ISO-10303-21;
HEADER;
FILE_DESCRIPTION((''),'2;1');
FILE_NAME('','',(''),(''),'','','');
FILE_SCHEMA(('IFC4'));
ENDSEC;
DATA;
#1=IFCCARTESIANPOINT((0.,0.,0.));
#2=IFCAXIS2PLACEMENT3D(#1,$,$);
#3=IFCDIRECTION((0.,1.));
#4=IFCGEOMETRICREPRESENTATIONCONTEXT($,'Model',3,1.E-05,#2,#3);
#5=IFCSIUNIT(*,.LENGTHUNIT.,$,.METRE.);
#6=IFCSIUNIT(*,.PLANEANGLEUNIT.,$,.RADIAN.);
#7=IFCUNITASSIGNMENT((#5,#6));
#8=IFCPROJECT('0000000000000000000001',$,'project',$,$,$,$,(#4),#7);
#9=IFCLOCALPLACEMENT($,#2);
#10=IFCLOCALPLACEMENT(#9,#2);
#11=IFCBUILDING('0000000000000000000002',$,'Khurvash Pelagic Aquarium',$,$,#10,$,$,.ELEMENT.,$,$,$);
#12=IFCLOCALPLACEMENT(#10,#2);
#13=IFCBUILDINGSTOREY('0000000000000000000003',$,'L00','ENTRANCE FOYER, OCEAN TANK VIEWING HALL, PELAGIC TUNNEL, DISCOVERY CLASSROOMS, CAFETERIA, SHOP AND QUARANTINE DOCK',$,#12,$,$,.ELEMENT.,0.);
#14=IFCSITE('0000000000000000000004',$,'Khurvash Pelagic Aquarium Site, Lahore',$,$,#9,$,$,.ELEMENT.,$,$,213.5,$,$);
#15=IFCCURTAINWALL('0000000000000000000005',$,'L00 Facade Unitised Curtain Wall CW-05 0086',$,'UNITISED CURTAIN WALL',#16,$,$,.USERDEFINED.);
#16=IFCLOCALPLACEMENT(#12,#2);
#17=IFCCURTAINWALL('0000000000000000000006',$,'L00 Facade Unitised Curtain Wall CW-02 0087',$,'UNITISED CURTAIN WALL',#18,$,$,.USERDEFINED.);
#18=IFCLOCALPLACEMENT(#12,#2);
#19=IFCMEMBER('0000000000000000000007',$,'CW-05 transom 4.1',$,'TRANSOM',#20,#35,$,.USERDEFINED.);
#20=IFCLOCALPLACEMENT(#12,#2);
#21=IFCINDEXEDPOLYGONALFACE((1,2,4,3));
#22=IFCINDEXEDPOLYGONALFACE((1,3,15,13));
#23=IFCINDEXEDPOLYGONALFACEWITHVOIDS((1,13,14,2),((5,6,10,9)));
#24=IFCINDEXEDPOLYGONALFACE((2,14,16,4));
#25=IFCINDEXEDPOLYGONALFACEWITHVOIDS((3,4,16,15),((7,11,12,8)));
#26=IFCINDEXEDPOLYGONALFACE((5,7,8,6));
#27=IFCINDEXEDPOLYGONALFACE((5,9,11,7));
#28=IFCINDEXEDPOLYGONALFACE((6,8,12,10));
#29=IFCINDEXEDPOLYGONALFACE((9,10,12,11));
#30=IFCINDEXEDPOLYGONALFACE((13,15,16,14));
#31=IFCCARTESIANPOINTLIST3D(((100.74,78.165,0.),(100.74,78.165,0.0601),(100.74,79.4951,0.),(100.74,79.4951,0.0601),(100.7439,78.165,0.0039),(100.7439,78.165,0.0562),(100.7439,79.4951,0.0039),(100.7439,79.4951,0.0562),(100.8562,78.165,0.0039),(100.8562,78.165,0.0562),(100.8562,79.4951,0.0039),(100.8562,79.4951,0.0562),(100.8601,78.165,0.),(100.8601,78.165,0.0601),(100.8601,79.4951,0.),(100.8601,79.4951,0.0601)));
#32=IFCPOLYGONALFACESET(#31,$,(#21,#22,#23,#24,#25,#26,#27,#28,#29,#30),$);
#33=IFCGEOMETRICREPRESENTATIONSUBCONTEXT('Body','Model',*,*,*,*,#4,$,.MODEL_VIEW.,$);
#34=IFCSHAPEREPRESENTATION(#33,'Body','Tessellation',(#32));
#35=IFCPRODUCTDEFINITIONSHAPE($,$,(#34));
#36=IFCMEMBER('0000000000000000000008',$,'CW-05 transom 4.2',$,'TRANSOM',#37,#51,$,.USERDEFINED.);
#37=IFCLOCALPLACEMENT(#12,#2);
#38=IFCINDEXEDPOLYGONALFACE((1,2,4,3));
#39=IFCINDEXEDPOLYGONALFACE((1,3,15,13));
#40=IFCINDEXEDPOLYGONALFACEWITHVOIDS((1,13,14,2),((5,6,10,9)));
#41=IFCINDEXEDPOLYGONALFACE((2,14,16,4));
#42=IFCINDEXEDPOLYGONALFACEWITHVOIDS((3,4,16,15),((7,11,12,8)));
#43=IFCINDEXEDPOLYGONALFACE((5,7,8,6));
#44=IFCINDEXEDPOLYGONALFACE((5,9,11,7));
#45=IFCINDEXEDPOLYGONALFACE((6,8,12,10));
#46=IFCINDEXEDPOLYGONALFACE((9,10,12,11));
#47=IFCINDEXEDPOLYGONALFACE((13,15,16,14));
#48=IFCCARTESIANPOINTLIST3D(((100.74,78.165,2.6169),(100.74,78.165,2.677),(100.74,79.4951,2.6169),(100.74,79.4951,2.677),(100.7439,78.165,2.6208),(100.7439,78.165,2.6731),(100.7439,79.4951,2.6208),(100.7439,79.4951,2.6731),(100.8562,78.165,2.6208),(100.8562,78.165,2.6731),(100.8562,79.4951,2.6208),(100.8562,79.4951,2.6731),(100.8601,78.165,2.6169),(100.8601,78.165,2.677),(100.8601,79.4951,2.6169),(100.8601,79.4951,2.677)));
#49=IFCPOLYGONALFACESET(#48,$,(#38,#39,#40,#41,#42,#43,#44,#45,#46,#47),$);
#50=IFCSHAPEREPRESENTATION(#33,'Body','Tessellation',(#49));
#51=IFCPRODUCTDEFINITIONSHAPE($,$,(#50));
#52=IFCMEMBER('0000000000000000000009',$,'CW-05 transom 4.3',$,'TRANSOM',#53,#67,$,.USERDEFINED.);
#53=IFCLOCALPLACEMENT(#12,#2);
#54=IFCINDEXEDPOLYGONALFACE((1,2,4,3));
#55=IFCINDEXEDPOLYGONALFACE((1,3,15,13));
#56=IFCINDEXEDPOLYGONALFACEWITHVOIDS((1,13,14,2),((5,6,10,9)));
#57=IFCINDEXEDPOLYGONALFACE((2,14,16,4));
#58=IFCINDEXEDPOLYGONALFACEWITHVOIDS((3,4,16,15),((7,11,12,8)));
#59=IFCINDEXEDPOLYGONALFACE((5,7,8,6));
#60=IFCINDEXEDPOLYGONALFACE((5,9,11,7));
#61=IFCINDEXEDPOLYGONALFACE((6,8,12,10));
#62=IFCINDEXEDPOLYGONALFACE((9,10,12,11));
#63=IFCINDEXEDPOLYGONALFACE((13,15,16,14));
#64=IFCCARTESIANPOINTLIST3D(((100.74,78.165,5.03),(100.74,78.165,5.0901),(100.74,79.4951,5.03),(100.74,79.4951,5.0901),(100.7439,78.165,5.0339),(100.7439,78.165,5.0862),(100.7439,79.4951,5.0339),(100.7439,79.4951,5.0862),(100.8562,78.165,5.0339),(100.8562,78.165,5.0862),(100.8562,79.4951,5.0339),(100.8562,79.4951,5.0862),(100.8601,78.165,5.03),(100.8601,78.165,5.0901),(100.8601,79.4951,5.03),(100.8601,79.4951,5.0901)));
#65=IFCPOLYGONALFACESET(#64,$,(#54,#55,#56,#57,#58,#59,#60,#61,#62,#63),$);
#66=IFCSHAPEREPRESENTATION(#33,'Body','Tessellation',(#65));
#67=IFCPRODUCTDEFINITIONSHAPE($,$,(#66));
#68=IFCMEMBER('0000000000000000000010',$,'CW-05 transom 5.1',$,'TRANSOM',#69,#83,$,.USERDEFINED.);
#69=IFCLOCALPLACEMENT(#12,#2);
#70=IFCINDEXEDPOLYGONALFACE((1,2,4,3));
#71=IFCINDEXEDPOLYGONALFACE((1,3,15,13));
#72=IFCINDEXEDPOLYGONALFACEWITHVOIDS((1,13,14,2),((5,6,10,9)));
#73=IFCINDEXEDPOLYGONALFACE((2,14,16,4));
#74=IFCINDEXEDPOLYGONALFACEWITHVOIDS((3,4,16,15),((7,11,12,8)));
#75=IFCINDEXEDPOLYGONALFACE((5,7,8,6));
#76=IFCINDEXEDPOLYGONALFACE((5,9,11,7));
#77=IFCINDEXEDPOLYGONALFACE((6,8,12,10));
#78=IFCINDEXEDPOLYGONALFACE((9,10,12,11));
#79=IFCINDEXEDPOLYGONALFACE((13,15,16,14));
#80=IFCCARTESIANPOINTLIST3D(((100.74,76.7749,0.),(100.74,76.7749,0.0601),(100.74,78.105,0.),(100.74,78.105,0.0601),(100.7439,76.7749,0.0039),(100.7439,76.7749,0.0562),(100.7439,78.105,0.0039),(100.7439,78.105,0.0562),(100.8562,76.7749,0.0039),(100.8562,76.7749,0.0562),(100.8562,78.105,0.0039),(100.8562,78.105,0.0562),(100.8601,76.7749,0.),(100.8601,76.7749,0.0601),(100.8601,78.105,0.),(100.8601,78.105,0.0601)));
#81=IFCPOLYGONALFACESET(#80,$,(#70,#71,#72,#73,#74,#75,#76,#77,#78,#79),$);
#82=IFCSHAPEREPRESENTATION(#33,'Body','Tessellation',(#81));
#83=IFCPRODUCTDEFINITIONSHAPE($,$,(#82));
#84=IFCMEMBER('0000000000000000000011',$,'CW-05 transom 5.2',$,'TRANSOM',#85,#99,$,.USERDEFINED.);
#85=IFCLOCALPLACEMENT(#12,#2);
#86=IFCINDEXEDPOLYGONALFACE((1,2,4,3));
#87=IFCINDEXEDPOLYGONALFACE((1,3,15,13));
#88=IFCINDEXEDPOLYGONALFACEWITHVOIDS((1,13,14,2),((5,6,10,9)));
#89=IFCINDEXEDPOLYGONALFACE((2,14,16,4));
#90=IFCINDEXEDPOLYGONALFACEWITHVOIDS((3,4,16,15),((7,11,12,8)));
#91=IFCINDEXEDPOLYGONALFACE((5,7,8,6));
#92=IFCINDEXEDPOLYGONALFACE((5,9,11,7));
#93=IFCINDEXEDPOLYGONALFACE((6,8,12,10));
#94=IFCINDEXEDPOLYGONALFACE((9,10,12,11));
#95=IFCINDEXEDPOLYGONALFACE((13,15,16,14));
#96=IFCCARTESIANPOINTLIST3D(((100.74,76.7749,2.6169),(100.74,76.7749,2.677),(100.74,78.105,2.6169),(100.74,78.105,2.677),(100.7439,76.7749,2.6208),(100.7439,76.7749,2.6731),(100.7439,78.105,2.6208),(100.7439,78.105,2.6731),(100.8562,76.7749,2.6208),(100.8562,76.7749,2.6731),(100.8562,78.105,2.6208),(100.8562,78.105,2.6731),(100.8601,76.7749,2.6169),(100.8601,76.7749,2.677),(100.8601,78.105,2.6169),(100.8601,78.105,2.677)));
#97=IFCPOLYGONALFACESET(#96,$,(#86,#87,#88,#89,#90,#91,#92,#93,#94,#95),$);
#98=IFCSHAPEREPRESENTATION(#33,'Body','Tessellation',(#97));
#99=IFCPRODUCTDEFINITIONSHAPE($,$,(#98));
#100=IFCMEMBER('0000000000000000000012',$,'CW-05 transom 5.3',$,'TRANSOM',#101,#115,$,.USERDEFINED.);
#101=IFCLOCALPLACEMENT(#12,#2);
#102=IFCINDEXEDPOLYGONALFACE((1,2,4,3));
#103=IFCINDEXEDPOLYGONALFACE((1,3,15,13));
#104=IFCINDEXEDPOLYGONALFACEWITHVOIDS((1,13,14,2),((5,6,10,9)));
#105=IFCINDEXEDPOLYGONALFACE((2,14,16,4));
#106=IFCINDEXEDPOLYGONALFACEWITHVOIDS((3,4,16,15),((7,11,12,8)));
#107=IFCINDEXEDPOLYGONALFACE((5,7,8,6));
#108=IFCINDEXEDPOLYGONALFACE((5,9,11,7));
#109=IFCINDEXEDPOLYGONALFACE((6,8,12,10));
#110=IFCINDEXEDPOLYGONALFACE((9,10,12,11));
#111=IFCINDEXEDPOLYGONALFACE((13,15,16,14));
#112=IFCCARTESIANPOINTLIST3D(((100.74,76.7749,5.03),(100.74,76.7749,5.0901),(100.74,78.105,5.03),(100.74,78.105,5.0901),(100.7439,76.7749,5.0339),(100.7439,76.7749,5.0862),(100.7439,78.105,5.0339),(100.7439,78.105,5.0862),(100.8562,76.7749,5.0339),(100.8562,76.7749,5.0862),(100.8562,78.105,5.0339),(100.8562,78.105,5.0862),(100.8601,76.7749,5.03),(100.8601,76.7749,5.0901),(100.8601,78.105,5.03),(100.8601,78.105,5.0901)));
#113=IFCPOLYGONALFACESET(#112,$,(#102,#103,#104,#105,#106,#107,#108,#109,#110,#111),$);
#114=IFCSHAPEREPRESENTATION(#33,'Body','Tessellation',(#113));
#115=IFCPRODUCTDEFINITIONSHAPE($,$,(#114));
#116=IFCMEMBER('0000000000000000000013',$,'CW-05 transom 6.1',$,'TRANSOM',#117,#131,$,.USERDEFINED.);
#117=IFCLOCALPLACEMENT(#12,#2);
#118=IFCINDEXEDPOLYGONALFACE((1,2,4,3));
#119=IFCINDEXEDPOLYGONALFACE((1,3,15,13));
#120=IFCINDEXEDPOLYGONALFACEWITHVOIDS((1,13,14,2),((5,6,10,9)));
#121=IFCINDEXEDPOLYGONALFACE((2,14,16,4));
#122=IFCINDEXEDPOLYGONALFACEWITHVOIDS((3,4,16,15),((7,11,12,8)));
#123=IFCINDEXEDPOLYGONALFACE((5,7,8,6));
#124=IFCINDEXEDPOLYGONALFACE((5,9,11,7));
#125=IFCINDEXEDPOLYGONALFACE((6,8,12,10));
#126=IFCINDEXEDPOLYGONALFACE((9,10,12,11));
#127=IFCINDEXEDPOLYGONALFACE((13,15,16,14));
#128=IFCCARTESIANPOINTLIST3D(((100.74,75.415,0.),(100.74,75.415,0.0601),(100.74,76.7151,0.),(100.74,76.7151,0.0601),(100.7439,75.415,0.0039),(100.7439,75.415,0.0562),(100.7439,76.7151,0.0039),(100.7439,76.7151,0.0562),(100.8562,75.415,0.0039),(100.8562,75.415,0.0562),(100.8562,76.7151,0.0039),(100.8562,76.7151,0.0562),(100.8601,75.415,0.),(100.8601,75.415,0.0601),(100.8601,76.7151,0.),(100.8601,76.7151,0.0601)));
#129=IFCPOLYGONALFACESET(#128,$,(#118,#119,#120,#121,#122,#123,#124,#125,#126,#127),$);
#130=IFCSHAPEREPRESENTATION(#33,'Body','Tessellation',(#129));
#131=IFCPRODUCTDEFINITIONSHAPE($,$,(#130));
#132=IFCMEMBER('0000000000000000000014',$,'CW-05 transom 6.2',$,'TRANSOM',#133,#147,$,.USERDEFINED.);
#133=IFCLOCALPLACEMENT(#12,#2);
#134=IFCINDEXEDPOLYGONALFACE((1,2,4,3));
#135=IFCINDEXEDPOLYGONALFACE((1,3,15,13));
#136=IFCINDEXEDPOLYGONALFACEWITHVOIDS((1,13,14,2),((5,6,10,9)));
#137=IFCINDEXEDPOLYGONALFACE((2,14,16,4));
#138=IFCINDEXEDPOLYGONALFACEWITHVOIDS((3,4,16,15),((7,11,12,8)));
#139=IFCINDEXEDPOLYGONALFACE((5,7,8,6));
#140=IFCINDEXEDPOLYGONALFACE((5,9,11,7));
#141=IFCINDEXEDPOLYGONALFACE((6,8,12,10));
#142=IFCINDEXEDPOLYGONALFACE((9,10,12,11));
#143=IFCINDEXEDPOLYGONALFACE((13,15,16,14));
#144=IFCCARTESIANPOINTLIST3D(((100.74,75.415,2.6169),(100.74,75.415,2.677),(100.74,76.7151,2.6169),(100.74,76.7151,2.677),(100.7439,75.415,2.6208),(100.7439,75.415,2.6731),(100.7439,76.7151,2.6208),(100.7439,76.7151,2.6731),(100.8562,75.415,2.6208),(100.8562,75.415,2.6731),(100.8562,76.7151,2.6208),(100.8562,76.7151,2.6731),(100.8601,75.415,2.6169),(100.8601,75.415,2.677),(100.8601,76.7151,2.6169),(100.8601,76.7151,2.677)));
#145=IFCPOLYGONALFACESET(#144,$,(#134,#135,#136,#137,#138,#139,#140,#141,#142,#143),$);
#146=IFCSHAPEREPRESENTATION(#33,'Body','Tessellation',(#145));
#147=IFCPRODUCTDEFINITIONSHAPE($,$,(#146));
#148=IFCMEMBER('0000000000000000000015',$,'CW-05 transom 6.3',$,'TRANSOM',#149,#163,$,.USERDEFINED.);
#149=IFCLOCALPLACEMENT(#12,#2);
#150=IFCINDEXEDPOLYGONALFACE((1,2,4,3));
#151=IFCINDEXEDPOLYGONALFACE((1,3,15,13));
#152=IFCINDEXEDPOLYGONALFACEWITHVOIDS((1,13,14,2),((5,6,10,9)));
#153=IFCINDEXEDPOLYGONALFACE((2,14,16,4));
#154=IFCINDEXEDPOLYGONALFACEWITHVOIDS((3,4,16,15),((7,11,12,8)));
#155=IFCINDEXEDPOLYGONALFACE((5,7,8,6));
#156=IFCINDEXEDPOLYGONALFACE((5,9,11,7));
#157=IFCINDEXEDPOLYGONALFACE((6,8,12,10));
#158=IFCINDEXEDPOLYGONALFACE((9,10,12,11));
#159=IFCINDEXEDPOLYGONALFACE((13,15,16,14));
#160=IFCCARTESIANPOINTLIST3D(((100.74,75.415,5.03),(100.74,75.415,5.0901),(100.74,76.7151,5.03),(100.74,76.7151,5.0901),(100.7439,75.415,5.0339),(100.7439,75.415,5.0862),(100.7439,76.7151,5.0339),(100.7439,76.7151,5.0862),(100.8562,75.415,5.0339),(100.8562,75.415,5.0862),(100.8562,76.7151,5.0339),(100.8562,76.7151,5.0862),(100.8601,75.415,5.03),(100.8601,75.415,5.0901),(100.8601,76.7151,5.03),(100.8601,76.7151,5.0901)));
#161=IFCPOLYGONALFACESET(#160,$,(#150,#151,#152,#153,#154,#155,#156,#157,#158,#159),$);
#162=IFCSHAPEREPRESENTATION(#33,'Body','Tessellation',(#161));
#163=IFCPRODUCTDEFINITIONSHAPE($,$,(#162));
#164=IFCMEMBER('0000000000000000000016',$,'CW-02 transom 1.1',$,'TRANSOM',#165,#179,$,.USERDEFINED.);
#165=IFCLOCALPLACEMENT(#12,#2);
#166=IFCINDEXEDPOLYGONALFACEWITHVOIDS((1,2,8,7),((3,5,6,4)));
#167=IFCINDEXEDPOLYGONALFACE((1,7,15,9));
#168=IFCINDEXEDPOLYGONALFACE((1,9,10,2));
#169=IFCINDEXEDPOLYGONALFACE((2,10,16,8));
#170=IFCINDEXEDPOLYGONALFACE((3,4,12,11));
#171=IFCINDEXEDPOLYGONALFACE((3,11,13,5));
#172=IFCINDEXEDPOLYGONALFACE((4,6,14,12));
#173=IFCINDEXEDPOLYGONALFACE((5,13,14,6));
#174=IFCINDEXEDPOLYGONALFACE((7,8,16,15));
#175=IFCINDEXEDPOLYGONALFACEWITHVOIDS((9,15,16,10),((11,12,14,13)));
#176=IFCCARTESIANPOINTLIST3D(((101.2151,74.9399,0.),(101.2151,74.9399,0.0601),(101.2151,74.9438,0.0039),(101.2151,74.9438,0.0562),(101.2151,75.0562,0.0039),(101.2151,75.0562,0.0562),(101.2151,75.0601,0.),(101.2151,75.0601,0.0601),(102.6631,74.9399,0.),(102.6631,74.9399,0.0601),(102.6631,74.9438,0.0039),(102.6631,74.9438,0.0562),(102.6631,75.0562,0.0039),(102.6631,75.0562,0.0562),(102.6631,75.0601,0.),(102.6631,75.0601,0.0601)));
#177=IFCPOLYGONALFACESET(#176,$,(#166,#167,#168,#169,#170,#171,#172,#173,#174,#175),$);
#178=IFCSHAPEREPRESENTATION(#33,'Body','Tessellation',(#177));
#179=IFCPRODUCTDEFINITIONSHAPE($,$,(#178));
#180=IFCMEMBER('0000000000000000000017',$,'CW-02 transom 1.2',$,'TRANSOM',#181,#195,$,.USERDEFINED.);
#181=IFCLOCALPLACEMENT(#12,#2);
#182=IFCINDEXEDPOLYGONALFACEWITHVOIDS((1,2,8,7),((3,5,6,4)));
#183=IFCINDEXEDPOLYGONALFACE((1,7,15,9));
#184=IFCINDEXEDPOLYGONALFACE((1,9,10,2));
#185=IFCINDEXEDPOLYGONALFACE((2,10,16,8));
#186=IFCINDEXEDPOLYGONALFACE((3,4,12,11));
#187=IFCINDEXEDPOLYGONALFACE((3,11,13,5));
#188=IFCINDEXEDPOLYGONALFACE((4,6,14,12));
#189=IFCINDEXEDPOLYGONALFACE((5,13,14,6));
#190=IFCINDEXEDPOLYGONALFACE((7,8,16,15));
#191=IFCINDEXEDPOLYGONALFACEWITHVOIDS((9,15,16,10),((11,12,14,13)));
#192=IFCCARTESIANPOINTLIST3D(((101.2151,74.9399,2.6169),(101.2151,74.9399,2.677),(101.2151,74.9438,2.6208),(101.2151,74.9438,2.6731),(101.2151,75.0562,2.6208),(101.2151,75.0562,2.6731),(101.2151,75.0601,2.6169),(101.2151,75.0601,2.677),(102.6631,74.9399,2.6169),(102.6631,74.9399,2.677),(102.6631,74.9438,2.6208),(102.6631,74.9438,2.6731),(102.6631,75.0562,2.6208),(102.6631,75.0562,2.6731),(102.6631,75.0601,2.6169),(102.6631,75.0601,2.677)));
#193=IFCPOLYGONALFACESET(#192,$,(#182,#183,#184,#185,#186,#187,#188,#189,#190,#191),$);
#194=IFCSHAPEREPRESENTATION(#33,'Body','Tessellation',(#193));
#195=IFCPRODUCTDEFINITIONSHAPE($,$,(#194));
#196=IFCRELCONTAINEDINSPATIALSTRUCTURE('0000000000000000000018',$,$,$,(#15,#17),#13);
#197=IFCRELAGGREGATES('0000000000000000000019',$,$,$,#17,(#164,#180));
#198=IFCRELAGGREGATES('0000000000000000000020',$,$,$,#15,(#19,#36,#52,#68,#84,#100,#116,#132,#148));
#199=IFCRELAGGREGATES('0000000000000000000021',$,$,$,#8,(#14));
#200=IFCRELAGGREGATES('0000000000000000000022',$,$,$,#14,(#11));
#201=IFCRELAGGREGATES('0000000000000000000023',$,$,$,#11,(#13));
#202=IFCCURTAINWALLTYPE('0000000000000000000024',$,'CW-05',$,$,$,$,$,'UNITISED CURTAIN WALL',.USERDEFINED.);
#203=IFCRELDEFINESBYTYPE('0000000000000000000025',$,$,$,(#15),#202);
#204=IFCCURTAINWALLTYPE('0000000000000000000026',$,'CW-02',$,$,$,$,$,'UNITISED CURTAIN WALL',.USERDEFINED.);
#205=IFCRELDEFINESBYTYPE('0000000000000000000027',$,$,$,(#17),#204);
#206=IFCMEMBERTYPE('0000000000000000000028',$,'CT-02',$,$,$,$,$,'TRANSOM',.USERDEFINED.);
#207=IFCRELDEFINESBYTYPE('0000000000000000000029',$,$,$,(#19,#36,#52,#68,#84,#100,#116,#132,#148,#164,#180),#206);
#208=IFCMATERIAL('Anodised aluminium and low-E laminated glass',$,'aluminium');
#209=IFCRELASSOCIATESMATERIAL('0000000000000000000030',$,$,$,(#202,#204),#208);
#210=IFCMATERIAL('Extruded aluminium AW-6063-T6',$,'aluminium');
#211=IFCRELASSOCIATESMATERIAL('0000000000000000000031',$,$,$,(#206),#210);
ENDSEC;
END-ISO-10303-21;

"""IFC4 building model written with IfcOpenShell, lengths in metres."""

from ifc_helpers import new_model, si_unit, direction, frame, origin, origin_2d, place, context, subcontext, project, spatial, hollow_rectangle, extrude, material, material_profile, profile_set, type_object, element, aggregate, save


model = new_model("IFC4")

# Units and contexts
model_context = context("Model", 3, precision=1e-05, world=origin(), true_north=direction((0.0, 1.0)))
body_context = subcontext(model_context, "Body", "Model", "MODEL_VIEW")
ifc_project = project(units=[si_unit("LENGTHUNIT", "METRE"), si_unit("PLANEANGLEUNIT", "RADIAN")], contexts=[model_context])

# Site, building, storey
site_placement = place(None, origin())
site = spatial("IfcSite", under=ifc_project, at=site_placement, Name="Khurvash Pelagic Aquarium Site, Lahore", CompositionType="ELEMENT", RefElevation=213.5)
building_placement = place(site_placement, origin())
building = spatial("IfcBuilding", under=site, at=building_placement, Name="Khurvash Pelagic Aquarium", CompositionType="ELEMENT")
storey_placement = place(building_placement, origin())
storey = spatial("IfcBuildingStorey", under=building, at=storey_placement, Name="L00", Description="ENTRANCE FOYER, OCEAN TANK VIEWING HALL, PELAGIC TUNNEL, DISCOVERY CLASSROOMS, CAFETERIA, SHOP AND QUARANTINE DOCK", CompositionType="ELEMENT", Elevation=0.0)

# Curtain walls
ifc_material_1 = material(Name="Anodised aluminium and low-E laminated glass", Category="aluminium")
curtain_wall_type_1 = type_object("IfcCurtainWallType", Name="CW-05", ElementType="UNITISED CURTAIN WALL", PredefinedType="USERDEFINED", material=ifc_material_1)
curtain_wall_1_placement = place(storey_placement, origin())
curtain_wall_1 = element("IfcCurtainWall", 1, at=curtain_wall_1_placement, inside=storey, type_object=curtain_wall_type_1, Name="L00 Facade Unitised Curtain Wall CW-05 0086", ObjectType="UNITISED CURTAIN WALL", PredefinedType="USERDEFINED")
ifc_material_2 = material(Name="Extruded aluminium AW-6063-T6", Category="aluminium")
curtain_wall_type_2 = type_object("IfcCurtainWallType", Name="CW-02", ElementType="UNITISED CURTAIN WALL", PredefinedType="USERDEFINED", material=ifc_material_1)
curtain_wall_2_placement = place(storey_placement, origin())
curtain_wall_2 = element("IfcCurtainWall", 2, at=curtain_wall_2_placement, inside=storey, type_object=curtain_wall_type_2, Name="L00 Facade Unitised Curtain Wall CW-02 0087", ObjectType="UNITISED CURTAIN WALL", PredefinedType="USERDEFINED")

# Members
ifc_material_profile_1 = material_profile(ifc_material_2, hollow_rectangle(XDim=0.1201, YDim=0.0601, WallThickness=0.0039, at=origin_2d()), Name="CWT120X60X4")
ifc_profile_set_1 = profile_set([ifc_material_profile_1], Name="Extruded aluminium AW-6063-T6")
member_type_1 = type_object("IfcMemberType", Name="CT-02", ElementType="TRANSOM", PredefinedType="USERDEFINED", material=ifc_profile_set_1)
member_1_placement = place(storey_placement, frame((100.8, 79.4951, 0.03), z_axis=(0.0, -1.0, 0.0), x_axis=(1.0, 0.0, 0.0)))
member_1 = element("IfcMember", 3, at=member_1_placement, type_object=member_type_1, Name="CW-05 transom 4.1", ObjectType="TRANSOM", PredefinedType="USERDEFINED", context=body_context, shape_type="SweptSolid", body=[
    extrude(hollow_rectangle(XDim=0.1201, YDim=0.0601, WallThickness=0.0039, at=origin_2d()), origin(), (0.0, 0.0, 1.0), 1.3301),
])
member_2_placement = place(storey_placement, frame((100.8, 79.4951, 2.647), z_axis=(0.0, -1.0, 0.0), x_axis=(1.0, 0.0, 0.0)))
member_2 = element("IfcMember", 4, at=member_2_placement, type_object=member_type_1, Name="CW-05 transom 4.2", ObjectType="TRANSOM", PredefinedType="USERDEFINED", context=body_context, shape_type="SweptSolid", body=[
    extrude(hollow_rectangle(XDim=0.1201, YDim=0.0601, WallThickness=0.0039, at=origin_2d()), origin(), (0.0, 0.0, 1.0), 1.3301),
])
member_3_placement = place(storey_placement, frame((100.8, 79.4951, 5.0601), z_axis=(0.0, -1.0, 0.0), x_axis=(1.0, 0.0, 0.0)))
member_3 = element("IfcMember", 5, at=member_3_placement, type_object=member_type_1, Name="CW-05 transom 4.3", ObjectType="TRANSOM", PredefinedType="USERDEFINED", context=body_context, shape_type="SweptSolid", body=[
    extrude(hollow_rectangle(XDim=0.1201, YDim=0.0601, WallThickness=0.0039, at=origin_2d()), origin(), (0.0, 0.0, 1.0), 1.3301),
])
member_4_placement = place(storey_placement, frame((100.8, 78.105, 0.03), z_axis=(0.0, -1.0, 0.0), x_axis=(1.0, 0.0, 0.0)))
member_4 = element("IfcMember", 6, at=member_4_placement, type_object=member_type_1, Name="CW-05 transom 5.1", ObjectType="TRANSOM", PredefinedType="USERDEFINED", context=body_context, shape_type="SweptSolid", body=[
    extrude(hollow_rectangle(XDim=0.1201, YDim=0.0601, WallThickness=0.0039, at=origin_2d()), origin(), (0.0, 0.0, 1.0), 1.3301),
])
member_5_placement = place(storey_placement, frame((100.8, 78.105, 2.647), z_axis=(0.0, -1.0, 0.0), x_axis=(1.0, 0.0, 0.0)))
member_5 = element("IfcMember", 7, at=member_5_placement, type_object=member_type_1, Name="CW-05 transom 5.2", ObjectType="TRANSOM", PredefinedType="USERDEFINED", context=body_context, shape_type="SweptSolid", body=[
    extrude(hollow_rectangle(XDim=0.1201, YDim=0.0601, WallThickness=0.0039, at=origin_2d()), origin(), (0.0, 0.0, 1.0), 1.3301),
])
member_6_placement = place(storey_placement, frame((100.8, 78.105, 5.0601), z_axis=(0.0, -1.0, 0.0), x_axis=(1.0, 0.0, 0.0)))
member_6 = element("IfcMember", 8, at=member_6_placement, type_object=member_type_1, Name="CW-05 transom 5.3", ObjectType="TRANSOM", PredefinedType="USERDEFINED", context=body_context, shape_type="SweptSolid", body=[
    extrude(hollow_rectangle(XDim=0.1201, YDim=0.0601, WallThickness=0.0039, at=origin_2d()), origin(), (0.0, 0.0, 1.0), 1.3301),
])
member_7_placement = place(storey_placement, frame((100.8, 76.7151, 0.03), z_axis=(0.0, -1.0, 0.0), x_axis=(1.0, 0.0, 0.0)))
member_7 = element("IfcMember", 9, at=member_7_placement, type_object=member_type_1, Name="CW-05 transom 6.1", ObjectType="TRANSOM", PredefinedType="USERDEFINED", context=body_context, shape_type="SweptSolid", body=[
    extrude(hollow_rectangle(XDim=0.1201, YDim=0.0601, WallThickness=0.0039, at=origin_2d()), origin(), (0.0, 0.0, 1.0), 1.3),
])
member_8_placement = place(storey_placement, frame((100.8, 76.7151, 2.647), z_axis=(0.0, -1.0, 0.0), x_axis=(1.0, 0.0, 0.0)))
member_8 = element("IfcMember", 10, at=member_8_placement, type_object=member_type_1, Name="CW-05 transom 6.2", ObjectType="TRANSOM", PredefinedType="USERDEFINED", context=body_context, shape_type="SweptSolid", body=[
    extrude(hollow_rectangle(XDim=0.1201, YDim=0.0601, WallThickness=0.0039, at=origin_2d()), origin(), (0.0, 0.0, 1.0), 1.3),
])
member_9_placement = place(storey_placement, frame((100.8, 76.7151, 5.0601), z_axis=(0.0, -1.0, 0.0), x_axis=(1.0, 0.0, 0.0)))
member_9 = element("IfcMember", 11, at=member_9_placement, type_object=member_type_1, Name="CW-05 transom 6.3", ObjectType="TRANSOM", PredefinedType="USERDEFINED", context=body_context, shape_type="SweptSolid", body=[
    extrude(hollow_rectangle(XDim=0.1201, YDim=0.0601, WallThickness=0.0039, at=origin_2d()), origin(), (0.0, 0.0, 1.0), 1.3),
])
member_10_placement = place(storey_placement, frame((101.2151, 75.0, 0.03), z_axis=(1.0, 0.0, 0.0), x_axis=(0.0, 1.0, 0.0)))
member_10 = element("IfcMember", 12, at=member_10_placement, type_object=member_type_1, Name="CW-02 transom 1.1", ObjectType="TRANSOM", PredefinedType="USERDEFINED", context=body_context, shape_type="SweptSolid", body=[
    extrude(hollow_rectangle(XDim=0.1201, YDim=0.0601, WallThickness=0.0039, at=origin_2d()), origin(), (0.0, 0.0, 1.0), 1.448),
])
member_11_placement = place(storey_placement, frame((101.2151, 75.0, 2.647), z_axis=(1.0, 0.0, 0.0), x_axis=(0.0, 1.0, 0.0)))
member_11 = element("IfcMember", 13, at=member_11_placement, type_object=member_type_1, Name="CW-02 transom 1.2", ObjectType="TRANSOM", PredefinedType="USERDEFINED", context=body_context, shape_type="SweptSolid", body=[
    extrude(hollow_rectangle(XDim=0.1201, YDim=0.0601, WallThickness=0.0039, at=origin_2d()), origin(), (0.0, 0.0, 1.0), 1.448),
])

aggregate(curtain_wall_2, [member_10, member_11])
aggregate(curtain_wall_1, [member_1, member_2, member_3, member_4, member_5, member_6, member_7, member_8, member_9])

save(model, "model.ifc")
